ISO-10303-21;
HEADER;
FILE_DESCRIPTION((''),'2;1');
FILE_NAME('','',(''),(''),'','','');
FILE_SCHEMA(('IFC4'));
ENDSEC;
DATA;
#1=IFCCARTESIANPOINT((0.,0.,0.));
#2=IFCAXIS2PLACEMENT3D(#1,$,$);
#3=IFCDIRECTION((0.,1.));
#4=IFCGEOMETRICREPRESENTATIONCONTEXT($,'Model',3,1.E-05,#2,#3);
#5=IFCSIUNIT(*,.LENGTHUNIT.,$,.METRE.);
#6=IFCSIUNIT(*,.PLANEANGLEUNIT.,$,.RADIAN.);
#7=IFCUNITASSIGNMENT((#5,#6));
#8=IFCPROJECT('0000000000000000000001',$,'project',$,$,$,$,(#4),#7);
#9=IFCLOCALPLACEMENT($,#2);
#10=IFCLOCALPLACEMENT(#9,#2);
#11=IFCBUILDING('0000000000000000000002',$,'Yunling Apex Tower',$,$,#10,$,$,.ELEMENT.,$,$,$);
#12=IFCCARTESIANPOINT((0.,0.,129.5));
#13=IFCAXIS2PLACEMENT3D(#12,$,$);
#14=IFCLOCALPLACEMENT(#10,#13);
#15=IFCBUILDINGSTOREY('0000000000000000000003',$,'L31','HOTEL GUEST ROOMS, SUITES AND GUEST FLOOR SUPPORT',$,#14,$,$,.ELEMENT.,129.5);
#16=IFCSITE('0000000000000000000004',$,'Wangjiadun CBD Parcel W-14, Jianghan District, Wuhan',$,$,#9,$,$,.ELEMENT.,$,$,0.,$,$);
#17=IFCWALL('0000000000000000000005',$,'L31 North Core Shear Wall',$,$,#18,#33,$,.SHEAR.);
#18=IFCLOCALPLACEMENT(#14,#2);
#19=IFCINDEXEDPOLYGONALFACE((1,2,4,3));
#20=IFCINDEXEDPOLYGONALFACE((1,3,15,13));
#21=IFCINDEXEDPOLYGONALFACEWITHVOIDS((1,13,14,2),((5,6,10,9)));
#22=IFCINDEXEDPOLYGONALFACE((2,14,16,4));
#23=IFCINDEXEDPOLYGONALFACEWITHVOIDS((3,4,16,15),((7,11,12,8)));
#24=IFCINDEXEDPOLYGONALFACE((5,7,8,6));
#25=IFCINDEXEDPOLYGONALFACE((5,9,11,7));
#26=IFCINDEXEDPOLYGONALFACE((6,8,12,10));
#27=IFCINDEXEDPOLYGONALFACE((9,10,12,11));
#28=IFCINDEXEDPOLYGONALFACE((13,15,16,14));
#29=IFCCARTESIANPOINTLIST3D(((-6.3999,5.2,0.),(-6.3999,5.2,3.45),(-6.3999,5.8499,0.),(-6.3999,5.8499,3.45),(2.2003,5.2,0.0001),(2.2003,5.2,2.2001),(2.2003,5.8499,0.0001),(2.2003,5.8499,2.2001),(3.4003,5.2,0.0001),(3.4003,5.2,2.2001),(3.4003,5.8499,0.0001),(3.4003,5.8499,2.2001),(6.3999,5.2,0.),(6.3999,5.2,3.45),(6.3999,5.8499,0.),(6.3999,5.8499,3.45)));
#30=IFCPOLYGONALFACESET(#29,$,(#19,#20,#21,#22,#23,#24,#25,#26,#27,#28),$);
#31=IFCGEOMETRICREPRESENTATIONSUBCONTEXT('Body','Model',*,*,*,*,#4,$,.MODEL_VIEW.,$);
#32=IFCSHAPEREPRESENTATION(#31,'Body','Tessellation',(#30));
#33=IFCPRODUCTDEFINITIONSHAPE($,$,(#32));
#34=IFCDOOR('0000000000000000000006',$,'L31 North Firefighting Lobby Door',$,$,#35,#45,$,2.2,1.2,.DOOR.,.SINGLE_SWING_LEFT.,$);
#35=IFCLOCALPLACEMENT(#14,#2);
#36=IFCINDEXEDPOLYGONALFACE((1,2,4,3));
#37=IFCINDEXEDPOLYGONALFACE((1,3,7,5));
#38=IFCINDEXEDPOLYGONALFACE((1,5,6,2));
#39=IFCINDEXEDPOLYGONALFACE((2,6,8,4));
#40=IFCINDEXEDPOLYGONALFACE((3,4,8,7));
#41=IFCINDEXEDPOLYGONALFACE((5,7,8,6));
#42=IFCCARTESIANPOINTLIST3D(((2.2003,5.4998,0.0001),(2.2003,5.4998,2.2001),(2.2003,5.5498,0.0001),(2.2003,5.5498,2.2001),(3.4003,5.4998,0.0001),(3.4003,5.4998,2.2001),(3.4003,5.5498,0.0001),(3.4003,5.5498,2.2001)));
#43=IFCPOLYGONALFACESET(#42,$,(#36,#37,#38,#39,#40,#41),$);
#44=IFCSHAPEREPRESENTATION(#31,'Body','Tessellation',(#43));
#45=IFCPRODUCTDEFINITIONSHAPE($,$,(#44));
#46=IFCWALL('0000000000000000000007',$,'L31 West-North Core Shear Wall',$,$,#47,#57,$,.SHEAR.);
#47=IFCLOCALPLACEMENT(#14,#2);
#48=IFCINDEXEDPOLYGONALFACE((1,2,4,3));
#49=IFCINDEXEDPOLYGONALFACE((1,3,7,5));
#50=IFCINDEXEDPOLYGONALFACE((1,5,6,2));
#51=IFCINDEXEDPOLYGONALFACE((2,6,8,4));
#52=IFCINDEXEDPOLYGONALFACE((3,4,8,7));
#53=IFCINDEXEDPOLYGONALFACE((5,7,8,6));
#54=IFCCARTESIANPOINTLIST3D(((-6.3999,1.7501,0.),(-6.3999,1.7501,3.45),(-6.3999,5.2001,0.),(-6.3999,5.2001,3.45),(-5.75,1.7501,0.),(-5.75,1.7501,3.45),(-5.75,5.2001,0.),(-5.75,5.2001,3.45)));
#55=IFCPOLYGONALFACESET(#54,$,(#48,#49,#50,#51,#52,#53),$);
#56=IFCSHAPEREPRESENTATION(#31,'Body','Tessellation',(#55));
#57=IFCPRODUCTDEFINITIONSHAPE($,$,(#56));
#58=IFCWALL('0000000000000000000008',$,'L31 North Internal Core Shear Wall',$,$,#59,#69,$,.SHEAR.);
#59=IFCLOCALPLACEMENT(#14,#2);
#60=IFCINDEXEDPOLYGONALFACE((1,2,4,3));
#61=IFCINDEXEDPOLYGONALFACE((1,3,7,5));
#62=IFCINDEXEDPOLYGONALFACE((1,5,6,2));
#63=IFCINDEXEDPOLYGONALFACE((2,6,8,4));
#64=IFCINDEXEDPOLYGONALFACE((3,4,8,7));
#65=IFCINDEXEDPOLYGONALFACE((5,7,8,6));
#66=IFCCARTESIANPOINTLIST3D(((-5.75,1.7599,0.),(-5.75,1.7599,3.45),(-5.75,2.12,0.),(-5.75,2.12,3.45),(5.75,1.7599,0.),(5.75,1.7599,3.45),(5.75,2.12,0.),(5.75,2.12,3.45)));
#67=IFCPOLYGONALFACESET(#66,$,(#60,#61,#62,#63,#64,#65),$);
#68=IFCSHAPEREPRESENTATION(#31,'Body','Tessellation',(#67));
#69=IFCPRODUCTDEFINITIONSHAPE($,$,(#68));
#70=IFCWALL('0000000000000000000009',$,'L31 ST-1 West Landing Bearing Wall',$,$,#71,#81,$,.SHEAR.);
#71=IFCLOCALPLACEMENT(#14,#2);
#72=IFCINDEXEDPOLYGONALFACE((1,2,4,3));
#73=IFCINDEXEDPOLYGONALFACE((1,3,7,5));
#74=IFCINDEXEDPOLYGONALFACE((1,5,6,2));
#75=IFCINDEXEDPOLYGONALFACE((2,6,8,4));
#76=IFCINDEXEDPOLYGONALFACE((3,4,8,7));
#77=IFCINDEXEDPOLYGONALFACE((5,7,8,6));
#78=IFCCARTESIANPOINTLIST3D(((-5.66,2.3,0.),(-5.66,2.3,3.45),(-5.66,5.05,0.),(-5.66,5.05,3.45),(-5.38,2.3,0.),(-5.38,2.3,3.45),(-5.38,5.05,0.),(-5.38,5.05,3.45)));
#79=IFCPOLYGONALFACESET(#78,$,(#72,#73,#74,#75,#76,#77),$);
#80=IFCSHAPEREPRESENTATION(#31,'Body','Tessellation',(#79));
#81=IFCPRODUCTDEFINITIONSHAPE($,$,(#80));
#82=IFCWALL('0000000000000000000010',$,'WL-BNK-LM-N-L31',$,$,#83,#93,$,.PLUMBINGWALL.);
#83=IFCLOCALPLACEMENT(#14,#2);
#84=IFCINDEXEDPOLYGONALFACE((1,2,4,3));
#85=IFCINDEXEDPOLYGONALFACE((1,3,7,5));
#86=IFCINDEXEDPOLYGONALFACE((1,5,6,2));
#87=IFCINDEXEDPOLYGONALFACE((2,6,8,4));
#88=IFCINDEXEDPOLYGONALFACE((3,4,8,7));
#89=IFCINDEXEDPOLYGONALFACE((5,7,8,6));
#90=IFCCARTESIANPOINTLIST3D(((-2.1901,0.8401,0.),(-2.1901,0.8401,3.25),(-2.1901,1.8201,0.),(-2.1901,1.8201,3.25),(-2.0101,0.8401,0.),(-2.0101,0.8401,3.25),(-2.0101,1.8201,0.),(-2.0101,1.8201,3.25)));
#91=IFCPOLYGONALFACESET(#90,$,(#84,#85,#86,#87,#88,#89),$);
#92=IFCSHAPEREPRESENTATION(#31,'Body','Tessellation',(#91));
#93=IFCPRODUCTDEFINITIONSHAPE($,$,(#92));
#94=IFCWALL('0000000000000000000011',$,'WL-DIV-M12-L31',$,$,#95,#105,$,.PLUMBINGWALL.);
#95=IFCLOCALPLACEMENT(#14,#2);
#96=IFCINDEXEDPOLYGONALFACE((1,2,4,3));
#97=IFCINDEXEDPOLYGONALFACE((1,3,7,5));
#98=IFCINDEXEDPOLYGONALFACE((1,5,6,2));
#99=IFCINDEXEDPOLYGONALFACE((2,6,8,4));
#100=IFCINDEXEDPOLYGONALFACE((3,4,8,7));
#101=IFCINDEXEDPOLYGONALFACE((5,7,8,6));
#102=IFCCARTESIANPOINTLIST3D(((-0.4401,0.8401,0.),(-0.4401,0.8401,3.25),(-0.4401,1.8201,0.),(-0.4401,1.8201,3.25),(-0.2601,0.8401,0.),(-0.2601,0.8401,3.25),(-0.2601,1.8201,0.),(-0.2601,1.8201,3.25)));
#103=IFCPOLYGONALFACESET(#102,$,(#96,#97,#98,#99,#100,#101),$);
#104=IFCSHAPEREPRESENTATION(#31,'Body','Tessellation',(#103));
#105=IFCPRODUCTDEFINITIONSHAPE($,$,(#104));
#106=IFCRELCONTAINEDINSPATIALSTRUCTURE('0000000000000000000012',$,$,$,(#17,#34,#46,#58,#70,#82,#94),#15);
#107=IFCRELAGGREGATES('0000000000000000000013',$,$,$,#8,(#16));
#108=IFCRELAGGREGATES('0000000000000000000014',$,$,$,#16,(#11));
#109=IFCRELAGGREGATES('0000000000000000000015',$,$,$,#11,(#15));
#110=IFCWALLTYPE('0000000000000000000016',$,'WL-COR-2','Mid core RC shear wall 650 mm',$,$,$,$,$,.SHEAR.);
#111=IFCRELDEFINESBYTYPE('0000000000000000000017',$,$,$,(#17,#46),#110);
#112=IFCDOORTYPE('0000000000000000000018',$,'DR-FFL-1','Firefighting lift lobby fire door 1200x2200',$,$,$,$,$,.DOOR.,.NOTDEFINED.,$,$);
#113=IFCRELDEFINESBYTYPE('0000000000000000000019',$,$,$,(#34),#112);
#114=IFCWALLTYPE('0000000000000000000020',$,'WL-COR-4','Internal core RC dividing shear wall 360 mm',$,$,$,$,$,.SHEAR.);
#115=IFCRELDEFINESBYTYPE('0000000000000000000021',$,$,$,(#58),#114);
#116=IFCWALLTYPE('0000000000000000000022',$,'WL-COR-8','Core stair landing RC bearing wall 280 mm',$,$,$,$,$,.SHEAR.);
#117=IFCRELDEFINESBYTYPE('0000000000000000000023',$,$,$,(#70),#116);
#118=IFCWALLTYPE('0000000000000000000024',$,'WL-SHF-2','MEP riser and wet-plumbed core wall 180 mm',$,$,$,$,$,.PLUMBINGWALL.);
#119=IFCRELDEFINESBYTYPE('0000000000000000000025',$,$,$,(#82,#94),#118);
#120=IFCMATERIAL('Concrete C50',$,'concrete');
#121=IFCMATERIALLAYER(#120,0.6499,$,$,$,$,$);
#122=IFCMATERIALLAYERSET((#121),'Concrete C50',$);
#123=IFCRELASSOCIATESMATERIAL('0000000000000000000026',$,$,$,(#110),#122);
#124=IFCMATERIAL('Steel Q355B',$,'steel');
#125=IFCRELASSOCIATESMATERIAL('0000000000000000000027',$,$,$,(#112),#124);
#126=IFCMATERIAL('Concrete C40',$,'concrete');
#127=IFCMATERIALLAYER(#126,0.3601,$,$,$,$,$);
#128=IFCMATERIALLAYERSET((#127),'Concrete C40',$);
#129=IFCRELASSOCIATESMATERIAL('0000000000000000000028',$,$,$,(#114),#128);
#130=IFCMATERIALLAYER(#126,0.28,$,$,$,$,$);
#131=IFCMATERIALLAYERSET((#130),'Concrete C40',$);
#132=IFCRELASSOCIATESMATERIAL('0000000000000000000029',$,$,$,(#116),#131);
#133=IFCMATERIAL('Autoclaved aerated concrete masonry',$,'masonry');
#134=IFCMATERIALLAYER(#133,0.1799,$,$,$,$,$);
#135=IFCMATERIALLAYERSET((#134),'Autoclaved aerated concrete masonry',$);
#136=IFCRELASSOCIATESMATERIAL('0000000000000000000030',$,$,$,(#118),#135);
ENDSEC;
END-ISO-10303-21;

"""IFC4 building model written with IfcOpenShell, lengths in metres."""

from ifc_helpers import new_model, si_unit, direction, frame, frame_2d, origin, place, context, subcontext, project, spatial, rectangle, extrude, material, layer, layer_set, type_object, element, fill, save


model = new_model("IFC4")

# Units and contexts
model_context = context("Model", 3, precision=1e-05, world=origin(), true_north=direction((0.0, 1.0)))
body_context = subcontext(model_context, "Body", "Model", "MODEL_VIEW")
ifc_project = project(units=[si_unit("LENGTHUNIT", "METRE"), si_unit("PLANEANGLEUNIT", "RADIAN")], contexts=[model_context])

# Site, building, storey
site_placement = place(None, origin())
site = spatial("IfcSite", under=ifc_project, at=site_placement, Name="Wangjiadun CBD Parcel W-14, Jianghan District, Wuhan", CompositionType="ELEMENT", RefElevation=0.0)
building_placement = place(site_placement, origin())
building = spatial("IfcBuilding", under=site, at=building_placement, Name="Yunling Apex Tower", CompositionType="ELEMENT")
storey_placement = place(building_placement, frame((0.0, 0.0, 129.5)))
storey = spatial("IfcBuildingStorey", under=building, at=storey_placement, Name="L31", Description="HOTEL GUEST ROOMS, SUITES AND GUEST FLOOR SUPPORT", CompositionType="ELEMENT", Elevation=129.5)

# Shared definitions
ifc_material_1 = material(Name="Concrete C50", Category="concrete")

# Shared definitions
ifc_material_2 = material(Name="Steel Q355B", Category="steel")

# Wall, opening, door
ifc_layer_1 = layer(ifc_material_1, 0.6499)
ifc_layer_set_1 = layer_set([ifc_layer_1], Name="Concrete C50")
wall_type_1 = type_object("IfcWallType", Name="WL-COR-2", Description="Mid core RC shear wall 650 mm", PredefinedType="SHEAR", material=ifc_layer_set_1)
wall_1_placement = place(storey_placement, frame((-6.3999, 5.5249, 0.0), z_axis=(0.0, 0.0, 1.0), x_axis=(1.0, 0.0, 0.0)))
wall_1 = element("IfcWall", 1, at=wall_1_placement, inside=storey, type_object=wall_type_1, Name="L31 North Core Shear Wall", PredefinedType="SHEAR", context=body_context, shape_type="SweptSolid", body=[
    extrude(rectangle(XDim=12.7998, YDim=0.6499, at=frame_2d((6.3999, 0.0))), origin(), (0.0, 0.0, 1.0), 3.45),
])
opening_1_placement = place(wall_1_placement, frame((8.6001, 0.0, 0.0)))
opening_1 = element("IfcOpeningElement", 2, at=opening_1_placement, cuts=wall_1, PredefinedType="OPENING", context=body_context, shape_type="SweptSolid", body=[
    extrude(rectangle(XDim=1.2, YDim=2.2, at=frame_2d((0.6001, 1.1001))), frame((0.0, 0.335, 0.0), z_axis=(0.0, -1.0, 0.0), x_axis=(1.0, 0.0, 0.0)), (0.0, 0.0, 1.0), 0.6699),
])
door_type_1 = type_object("IfcDoorType", Name="DR-FFL-1", Description="Firefighting lift lobby fire door 1200x2200", OperationType="NOTDEFINED", PredefinedType="DOOR", material=ifc_material_2)
door_1_placement = place(opening_1_placement, origin())
door_1 = element("IfcDoor", 3, at=door_1_placement, inside=storey, type_object=door_type_1, Name="L31 North Firefighting Lobby Door", OperationType="SINGLE_SWING_LEFT", OverallHeight=2.2, OverallWidth=1.2, PredefinedType="DOOR", context=body_context, shape_type="SweptSolid", body=[
    extrude(rectangle(XDim=1.2, YDim=2.2, at=frame_2d((0.6001, 1.1001))), frame((0.0, 0.0249, 0.0), z_axis=(0.0, -1.0, 0.0), x_axis=(1.0, 0.0, 0.0)), (0.0, 0.0, 1.0), 0.05),
])
fill(opening_1, door_1)

# Walls
wall_2_placement = place(storey_placement, frame((-6.075, 1.75, 0.0), z_axis=(0.0, 0.0, 1.0), x_axis=(0.0, 1.0, 0.0)))
element("IfcWall", 4, at=wall_2_placement, inside=storey, type_object=wall_type_1, Name="L31 West-North Core Shear Wall", PredefinedType="SHEAR", context=body_context, shape_type="SweptSolid", body=[
    extrude(rectangle(XDim=3.45, YDim=0.6499, at=frame_2d((1.7251, 0.0))), origin(), (0.0, 0.0, 1.0), 3.45),
])
ifc_material_3 = material(Name="Concrete C40", Category="concrete")
ifc_layer_2 = layer(ifc_material_3, 0.3601)
ifc_layer_set_2 = layer_set([ifc_layer_2], Name="Concrete C40")
wall_type_2 = type_object("IfcWallType", Name="WL-COR-4", Description="Internal core RC dividing shear wall 360 mm", PredefinedType="SHEAR", material=ifc_layer_set_2)
wall_3_placement = place(storey_placement, frame((-5.75, 1.9399, 0.0), z_axis=(0.0, 0.0, 1.0), x_axis=(1.0, 0.0, 0.0)))
element("IfcWall", 5, at=wall_3_placement, inside=storey, type_object=wall_type_2, Name="L31 North Internal Core Shear Wall", PredefinedType="SHEAR", context=body_context, shape_type="SweptSolid", body=[
    extrude(rectangle(XDim=11.5, YDim=0.3601, at=frame_2d((5.75, 0.0))), origin(), (0.0, 0.0, 1.0), 3.45),
])
ifc_layer_3 = layer(ifc_material_3, 0.28)
ifc_layer_set_3 = layer_set([ifc_layer_3], Name="Concrete C40")
wall_type_3 = type_object("IfcWallType", Name="WL-COR-8", Description="Core stair landing RC bearing wall 280 mm", PredefinedType="SHEAR", material=ifc_layer_set_3)
wall_4_placement = place(storey_placement, frame((-5.52, 2.3, 0.0), z_axis=(0.0, 0.0, 1.0), x_axis=(0.0, 1.0, 0.0)))
element("IfcWall", 6, at=wall_4_placement, inside=storey, type_object=wall_type_3, Name="L31 ST-1 West Landing Bearing Wall", PredefinedType="SHEAR", context=body_context, shape_type="SweptSolid", body=[
    extrude(rectangle(XDim=2.75, YDim=0.28, at=frame_2d((1.375, 0.0))), origin(), (0.0, 0.0, 1.0), 3.45),
])
ifc_material_4 = material(Name="Autoclaved aerated concrete masonry", Category="masonry")
ifc_layer_4 = layer(ifc_material_4, 0.1799)
ifc_layer_set_4 = layer_set([ifc_layer_4], Name="Autoclaved aerated concrete masonry")
wall_type_4 = type_object("IfcWallType", Name="WL-SHF-2", Description="MEP riser and wet-plumbed core wall 180 mm", PredefinedType="PLUMBINGWALL", material=ifc_layer_set_4)
for number, where, z_axis, x_axis, name in (
    (7, (-2.1001, 0.8401, 0.0), (0.0, 0.0, 1.0), (0.0, 1.0, 0.0), "WL-BNK-LM-N-L31"),
    (8, (-0.3501, 0.8401, 0.0), (0.0, 0.0, 1.0), (0.0, 1.0, 0.0), "WL-DIV-M12-L31"),
):
    element("IfcWall", number, at=place(storey_placement, frame(where, z_axis=z_axis, x_axis=x_axis)), inside=storey, type_object=wall_type_4, Name=name, PredefinedType="PLUMBINGWALL", context=body_context, shape_type="SweptSolid", body=[
        extrude(rectangle(XDim=0.98, YDim=0.1799, at=frame_2d((0.49, 0.0))), origin(), (0.0, 0.0, 1.0), 3.25),
    ])

save(model, "model.ifc")
